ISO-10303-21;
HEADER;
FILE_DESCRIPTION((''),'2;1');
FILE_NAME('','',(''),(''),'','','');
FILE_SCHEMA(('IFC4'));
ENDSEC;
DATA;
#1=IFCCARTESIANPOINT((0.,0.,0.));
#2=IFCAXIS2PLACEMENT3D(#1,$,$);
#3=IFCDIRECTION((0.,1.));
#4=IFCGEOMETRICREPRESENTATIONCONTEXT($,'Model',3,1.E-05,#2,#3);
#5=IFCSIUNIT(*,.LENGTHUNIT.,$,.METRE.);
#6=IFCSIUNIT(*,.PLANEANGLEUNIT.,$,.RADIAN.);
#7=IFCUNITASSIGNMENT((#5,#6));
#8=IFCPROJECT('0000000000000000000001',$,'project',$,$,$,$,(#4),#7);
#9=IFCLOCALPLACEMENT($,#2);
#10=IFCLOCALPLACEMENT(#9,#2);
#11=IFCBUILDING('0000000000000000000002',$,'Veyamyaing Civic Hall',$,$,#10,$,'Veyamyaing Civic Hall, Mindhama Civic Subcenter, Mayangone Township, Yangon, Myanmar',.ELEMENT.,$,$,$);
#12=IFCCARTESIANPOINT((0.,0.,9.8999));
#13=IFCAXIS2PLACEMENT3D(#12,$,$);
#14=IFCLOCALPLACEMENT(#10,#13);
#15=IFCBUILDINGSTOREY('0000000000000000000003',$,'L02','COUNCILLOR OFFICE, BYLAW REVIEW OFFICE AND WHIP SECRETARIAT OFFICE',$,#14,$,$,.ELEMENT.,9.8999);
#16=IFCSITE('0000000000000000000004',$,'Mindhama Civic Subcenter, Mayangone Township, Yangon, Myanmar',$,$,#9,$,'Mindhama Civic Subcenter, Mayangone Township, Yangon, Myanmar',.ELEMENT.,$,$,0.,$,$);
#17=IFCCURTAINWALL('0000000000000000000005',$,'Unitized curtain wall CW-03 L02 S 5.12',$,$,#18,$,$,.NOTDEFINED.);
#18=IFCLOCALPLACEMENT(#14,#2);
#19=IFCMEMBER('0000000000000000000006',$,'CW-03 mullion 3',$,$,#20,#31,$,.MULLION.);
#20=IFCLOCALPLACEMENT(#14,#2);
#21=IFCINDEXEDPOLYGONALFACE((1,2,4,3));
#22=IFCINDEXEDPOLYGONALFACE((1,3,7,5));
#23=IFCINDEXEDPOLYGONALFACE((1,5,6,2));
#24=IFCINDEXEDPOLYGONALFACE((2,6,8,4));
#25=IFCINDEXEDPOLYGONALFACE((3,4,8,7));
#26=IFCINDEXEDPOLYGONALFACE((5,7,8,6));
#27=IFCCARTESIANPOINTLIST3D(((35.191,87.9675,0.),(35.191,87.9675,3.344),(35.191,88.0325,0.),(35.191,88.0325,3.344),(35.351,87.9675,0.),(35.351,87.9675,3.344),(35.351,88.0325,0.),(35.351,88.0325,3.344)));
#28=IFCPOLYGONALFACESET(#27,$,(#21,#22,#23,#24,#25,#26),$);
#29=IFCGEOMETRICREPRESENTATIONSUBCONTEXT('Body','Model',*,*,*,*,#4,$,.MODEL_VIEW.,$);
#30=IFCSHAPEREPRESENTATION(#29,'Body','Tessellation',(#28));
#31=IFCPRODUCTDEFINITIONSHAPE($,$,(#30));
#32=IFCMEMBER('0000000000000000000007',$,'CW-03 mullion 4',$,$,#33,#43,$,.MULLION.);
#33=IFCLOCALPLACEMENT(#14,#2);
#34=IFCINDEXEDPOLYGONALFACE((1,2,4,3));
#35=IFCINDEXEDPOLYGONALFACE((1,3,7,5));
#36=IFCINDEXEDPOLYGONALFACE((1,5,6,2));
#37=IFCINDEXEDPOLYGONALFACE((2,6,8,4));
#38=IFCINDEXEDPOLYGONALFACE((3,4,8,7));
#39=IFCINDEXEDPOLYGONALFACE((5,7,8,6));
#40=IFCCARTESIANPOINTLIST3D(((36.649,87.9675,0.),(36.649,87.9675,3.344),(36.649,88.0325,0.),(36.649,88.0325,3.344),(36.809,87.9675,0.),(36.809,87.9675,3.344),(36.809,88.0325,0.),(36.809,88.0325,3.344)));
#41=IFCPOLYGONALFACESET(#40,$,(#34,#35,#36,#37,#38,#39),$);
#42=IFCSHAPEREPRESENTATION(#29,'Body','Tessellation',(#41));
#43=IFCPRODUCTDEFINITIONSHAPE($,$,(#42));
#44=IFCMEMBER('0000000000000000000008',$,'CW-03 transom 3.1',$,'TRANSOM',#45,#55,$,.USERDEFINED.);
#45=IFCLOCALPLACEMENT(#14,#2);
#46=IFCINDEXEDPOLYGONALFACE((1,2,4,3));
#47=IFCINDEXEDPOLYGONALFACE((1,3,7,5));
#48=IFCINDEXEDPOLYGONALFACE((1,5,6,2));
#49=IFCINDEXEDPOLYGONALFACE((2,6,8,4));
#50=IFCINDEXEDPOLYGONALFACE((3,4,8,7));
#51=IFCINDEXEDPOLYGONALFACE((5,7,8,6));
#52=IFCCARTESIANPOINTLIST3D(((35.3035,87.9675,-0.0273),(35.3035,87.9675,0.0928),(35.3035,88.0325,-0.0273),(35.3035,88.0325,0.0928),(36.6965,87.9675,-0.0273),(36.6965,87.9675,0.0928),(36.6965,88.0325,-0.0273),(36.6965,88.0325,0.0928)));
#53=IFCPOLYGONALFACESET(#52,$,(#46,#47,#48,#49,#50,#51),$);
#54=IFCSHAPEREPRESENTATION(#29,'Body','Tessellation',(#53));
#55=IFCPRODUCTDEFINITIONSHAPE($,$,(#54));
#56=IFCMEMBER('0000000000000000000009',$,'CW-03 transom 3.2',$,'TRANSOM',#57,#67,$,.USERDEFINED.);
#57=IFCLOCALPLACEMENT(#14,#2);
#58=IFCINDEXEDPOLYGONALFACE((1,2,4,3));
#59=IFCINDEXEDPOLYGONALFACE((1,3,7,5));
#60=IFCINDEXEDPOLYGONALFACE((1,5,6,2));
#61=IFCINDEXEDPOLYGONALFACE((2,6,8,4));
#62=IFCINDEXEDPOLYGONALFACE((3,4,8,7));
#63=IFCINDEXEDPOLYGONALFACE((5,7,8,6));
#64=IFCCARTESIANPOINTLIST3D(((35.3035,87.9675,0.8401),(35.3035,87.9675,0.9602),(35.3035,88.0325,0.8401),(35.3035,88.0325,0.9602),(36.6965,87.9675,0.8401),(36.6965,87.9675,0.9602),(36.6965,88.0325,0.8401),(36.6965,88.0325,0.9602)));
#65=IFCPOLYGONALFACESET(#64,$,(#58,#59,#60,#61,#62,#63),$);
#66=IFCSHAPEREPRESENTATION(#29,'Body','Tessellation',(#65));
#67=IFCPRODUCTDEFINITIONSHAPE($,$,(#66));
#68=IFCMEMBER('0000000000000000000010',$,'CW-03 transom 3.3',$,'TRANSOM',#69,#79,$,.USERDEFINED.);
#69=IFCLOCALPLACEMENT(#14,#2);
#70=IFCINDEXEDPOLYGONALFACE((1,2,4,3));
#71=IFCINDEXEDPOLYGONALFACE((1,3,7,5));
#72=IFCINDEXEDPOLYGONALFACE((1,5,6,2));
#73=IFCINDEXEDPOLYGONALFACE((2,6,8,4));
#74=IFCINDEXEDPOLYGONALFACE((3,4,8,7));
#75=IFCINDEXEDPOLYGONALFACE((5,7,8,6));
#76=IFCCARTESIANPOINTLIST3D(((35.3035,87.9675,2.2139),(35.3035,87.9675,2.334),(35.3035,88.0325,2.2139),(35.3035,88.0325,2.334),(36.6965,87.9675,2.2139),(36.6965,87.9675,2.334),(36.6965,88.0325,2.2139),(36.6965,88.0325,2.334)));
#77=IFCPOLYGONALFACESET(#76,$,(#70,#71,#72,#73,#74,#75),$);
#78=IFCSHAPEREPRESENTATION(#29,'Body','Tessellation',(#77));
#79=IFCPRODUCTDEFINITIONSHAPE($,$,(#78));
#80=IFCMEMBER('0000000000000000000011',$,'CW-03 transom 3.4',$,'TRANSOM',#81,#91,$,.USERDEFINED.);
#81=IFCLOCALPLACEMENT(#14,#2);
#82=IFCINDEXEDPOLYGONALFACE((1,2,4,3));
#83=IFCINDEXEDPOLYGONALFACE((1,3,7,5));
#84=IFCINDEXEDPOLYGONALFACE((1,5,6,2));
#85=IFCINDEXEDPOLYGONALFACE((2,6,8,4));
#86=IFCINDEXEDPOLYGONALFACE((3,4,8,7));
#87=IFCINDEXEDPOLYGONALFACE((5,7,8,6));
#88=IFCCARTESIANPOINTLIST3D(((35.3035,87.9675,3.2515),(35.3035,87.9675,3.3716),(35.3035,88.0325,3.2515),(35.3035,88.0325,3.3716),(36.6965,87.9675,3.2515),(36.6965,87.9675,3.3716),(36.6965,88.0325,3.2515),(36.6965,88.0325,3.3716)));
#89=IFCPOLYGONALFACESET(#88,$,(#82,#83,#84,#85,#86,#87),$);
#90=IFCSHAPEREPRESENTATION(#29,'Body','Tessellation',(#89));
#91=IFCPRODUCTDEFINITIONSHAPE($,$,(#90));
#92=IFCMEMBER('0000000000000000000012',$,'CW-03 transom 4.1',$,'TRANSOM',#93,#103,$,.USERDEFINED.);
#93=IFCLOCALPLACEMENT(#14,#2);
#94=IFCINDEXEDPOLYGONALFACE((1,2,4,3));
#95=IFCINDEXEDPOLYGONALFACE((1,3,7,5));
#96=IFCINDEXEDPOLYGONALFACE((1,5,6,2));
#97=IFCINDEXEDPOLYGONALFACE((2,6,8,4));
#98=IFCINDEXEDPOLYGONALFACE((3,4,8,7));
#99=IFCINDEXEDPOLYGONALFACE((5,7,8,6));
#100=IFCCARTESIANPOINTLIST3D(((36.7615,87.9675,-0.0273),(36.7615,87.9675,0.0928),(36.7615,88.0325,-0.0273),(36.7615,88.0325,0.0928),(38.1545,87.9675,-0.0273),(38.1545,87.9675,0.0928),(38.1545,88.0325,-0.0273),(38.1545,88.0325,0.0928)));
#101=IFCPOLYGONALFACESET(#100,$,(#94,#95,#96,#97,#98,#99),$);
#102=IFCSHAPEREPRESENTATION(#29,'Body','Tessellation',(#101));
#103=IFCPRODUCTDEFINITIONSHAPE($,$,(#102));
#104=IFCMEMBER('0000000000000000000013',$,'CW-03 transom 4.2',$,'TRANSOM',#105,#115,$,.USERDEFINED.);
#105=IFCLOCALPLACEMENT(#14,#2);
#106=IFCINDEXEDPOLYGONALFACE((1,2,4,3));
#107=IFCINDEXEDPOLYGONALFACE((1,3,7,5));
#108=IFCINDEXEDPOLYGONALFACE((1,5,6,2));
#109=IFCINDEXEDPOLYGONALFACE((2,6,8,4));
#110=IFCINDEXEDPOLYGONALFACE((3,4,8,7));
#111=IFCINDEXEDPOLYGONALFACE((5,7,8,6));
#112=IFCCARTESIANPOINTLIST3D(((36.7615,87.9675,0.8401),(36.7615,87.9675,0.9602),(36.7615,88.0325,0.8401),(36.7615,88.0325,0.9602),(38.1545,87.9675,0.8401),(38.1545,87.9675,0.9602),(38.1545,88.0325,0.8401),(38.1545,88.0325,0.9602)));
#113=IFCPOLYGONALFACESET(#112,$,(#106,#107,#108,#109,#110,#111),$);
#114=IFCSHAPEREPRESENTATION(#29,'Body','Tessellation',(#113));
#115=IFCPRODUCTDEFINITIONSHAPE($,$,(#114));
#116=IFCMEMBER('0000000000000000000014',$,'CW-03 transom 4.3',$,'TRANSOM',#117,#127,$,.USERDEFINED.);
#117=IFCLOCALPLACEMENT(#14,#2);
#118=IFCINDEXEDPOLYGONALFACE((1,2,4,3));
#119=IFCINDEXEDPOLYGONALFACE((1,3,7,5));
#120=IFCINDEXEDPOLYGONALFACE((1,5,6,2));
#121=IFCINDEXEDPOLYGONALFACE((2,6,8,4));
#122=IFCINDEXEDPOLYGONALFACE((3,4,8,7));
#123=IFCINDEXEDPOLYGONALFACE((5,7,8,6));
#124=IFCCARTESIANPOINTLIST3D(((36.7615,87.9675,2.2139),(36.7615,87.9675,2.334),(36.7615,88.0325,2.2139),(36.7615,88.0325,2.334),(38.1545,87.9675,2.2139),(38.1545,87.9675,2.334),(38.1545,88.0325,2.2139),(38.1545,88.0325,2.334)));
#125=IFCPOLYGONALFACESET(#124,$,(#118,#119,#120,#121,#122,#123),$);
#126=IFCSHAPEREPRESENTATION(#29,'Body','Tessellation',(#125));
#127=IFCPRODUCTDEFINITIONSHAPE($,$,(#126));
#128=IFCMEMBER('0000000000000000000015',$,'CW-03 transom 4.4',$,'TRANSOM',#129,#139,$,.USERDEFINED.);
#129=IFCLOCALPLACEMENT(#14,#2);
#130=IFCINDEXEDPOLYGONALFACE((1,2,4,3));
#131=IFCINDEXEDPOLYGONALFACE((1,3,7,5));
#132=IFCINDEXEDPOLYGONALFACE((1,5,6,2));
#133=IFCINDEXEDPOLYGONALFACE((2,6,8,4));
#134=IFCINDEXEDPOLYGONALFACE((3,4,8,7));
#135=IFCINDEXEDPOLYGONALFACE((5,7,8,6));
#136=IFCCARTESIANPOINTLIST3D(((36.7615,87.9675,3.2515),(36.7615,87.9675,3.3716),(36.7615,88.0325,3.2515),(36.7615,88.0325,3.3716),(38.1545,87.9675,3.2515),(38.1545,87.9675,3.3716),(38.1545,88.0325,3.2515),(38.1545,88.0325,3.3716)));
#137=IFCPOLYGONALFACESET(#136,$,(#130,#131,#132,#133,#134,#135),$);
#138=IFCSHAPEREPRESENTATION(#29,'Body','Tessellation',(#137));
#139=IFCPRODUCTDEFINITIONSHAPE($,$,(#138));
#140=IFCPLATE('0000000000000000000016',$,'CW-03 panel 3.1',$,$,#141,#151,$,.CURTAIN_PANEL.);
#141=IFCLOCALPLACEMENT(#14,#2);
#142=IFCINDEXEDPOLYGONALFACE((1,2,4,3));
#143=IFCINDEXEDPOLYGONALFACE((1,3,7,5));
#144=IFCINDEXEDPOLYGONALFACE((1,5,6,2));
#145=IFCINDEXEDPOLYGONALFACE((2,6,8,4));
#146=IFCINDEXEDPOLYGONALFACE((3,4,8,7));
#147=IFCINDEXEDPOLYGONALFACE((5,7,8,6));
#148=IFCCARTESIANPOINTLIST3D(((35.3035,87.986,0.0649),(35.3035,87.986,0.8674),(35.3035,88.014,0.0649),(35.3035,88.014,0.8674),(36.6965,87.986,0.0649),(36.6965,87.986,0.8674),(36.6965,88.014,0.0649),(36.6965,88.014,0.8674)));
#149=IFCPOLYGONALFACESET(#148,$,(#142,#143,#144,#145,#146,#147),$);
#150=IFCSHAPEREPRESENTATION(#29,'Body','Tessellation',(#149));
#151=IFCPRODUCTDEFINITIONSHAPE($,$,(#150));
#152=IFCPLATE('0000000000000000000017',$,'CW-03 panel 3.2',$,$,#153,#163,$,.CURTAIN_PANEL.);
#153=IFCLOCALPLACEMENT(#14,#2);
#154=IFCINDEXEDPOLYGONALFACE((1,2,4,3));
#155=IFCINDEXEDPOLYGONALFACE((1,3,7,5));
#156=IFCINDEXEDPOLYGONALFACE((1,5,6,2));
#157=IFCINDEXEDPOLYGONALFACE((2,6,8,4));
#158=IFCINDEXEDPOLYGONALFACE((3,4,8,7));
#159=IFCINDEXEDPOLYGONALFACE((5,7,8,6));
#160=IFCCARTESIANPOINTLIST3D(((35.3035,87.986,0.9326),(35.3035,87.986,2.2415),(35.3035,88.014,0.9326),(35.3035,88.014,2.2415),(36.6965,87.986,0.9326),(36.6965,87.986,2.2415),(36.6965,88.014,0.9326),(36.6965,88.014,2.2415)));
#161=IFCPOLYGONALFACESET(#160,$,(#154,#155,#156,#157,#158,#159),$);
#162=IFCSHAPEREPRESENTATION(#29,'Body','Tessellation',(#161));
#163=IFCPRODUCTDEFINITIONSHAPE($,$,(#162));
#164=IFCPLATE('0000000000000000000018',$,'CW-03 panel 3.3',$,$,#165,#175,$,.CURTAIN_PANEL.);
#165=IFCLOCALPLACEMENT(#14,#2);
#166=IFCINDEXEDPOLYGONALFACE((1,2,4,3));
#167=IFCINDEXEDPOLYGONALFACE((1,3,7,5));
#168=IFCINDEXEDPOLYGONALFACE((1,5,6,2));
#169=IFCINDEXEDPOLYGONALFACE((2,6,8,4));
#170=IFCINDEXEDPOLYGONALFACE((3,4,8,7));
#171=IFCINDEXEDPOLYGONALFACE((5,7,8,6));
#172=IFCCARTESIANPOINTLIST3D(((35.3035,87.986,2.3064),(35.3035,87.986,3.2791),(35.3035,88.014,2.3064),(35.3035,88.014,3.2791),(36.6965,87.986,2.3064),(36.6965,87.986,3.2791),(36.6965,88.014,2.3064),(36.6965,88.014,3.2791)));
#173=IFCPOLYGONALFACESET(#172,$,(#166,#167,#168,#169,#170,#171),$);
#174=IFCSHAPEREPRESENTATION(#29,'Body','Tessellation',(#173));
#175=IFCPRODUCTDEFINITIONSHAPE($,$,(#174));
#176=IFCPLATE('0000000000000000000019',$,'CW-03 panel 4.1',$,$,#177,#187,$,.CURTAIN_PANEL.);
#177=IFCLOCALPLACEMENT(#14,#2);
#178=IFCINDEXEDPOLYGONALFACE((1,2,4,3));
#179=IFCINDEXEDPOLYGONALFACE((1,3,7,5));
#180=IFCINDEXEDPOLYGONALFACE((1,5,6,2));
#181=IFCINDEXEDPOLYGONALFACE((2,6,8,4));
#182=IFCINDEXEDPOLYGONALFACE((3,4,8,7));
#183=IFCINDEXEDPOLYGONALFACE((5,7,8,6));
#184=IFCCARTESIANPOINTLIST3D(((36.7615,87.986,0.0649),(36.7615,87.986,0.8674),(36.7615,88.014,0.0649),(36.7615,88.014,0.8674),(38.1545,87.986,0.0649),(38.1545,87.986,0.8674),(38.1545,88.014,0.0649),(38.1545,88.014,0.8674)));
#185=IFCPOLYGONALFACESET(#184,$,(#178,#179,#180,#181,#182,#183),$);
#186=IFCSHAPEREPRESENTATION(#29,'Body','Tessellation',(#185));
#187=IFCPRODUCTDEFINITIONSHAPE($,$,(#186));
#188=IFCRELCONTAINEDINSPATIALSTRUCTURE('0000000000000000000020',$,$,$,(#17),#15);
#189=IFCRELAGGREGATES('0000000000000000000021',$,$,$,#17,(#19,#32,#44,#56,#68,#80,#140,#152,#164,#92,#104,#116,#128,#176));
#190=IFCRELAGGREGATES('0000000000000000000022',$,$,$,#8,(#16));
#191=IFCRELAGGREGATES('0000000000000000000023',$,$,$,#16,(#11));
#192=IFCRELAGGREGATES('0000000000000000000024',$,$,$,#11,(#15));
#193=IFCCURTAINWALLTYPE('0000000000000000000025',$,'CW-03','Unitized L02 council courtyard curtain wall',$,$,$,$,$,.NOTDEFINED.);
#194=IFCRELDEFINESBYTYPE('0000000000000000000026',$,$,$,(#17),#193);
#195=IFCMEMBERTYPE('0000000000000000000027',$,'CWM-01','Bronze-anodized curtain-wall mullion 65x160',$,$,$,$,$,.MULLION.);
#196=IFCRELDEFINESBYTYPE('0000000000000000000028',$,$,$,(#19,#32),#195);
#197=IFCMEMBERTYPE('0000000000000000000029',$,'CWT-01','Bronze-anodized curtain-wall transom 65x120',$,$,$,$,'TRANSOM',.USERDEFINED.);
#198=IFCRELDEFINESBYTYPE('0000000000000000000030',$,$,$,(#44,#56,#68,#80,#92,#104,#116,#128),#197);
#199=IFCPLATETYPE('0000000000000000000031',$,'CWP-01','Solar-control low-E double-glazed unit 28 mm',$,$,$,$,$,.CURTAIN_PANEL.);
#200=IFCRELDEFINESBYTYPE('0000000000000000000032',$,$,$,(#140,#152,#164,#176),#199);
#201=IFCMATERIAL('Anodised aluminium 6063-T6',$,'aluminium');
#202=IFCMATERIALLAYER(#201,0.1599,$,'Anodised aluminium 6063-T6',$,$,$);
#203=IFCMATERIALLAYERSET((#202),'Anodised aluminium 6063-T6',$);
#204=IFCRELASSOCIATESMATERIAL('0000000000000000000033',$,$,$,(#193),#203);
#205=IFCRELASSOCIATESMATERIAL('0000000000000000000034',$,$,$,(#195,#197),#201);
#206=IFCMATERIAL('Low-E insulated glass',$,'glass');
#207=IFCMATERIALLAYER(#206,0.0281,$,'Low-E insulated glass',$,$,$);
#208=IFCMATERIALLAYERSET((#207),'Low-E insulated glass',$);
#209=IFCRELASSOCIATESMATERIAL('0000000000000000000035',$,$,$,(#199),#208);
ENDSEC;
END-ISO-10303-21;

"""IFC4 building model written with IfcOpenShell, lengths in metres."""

from ifc_helpers import new_model, si_unit, direction, frame, origin, origin_2d, place, context, subcontext, project, spatial, rectangle, extrude, material, layer, layer_set, material_profile, profile_set, type_object, element, aggregate, save


model = new_model("IFC4")

# Units and contexts
model_context = context("Model", 3, precision=1e-05, world=origin(), true_north=direction((0.0, 1.0)))
body_context = subcontext(model_context, "Body", "Model", "MODEL_VIEW")
ifc_project = project(units=[si_unit("LENGTHUNIT", "METRE"), si_unit("PLANEANGLEUNIT", "RADIAN")], contexts=[model_context])

# Site, building, storey
site_placement = place(None, origin())
site = spatial("IfcSite", under=ifc_project, at=site_placement, Name="Mindhama Civic Subcenter, Mayangone Township, Yangon, Myanmar", LongName="Mindhama Civic Subcenter, Mayangone Township, Yangon, Myanmar", CompositionType="ELEMENT", RefElevation=0.0)
building_placement = place(site_placement, origin())
building = spatial("IfcBuilding", under=site, at=building_placement, Name="Veyamyaing Civic Hall", LongName="Veyamyaing Civic Hall, Mindhama Civic Subcenter, Mayangone Township, Yangon, Myanmar", CompositionType="ELEMENT")
storey_placement = place(building_placement, frame((0.0, 0.0, 9.8999)))
storey = spatial("IfcBuildingStorey", under=building, at=storey_placement, Name="L02", Description="COUNCILLOR OFFICE, BYLAW REVIEW OFFICE AND WHIP SECRETARIAT OFFICE", CompositionType="ELEMENT", Elevation=9.8999)

# Curtain wall, members, plates
ifc_material_1 = material(Name="Anodised aluminium 6063-T6", Category="aluminium")
ifc_layer_1 = layer(ifc_material_1, 0.1599, Name="Anodised aluminium 6063-T6")
ifc_layer_set_1 = layer_set([ifc_layer_1], Name="Anodised aluminium 6063-T6")
curtain_wall_type = type_object("IfcCurtainWallType", Name="CW-03", Description="Unitized L02 council courtyard curtain wall", PredefinedType="NOTDEFINED", material=ifc_layer_set_1)
curtain_wall_placement = place(storey_placement, origin())
curtain_wall = element("IfcCurtainWall", 1, at=curtain_wall_placement, inside=storey, type_object=curtain_wall_type, Name="Unitized curtain wall CW-03 L02 S 5.12", PredefinedType="NOTDEFINED")
ifc_material_profile_1 = material_profile(ifc_material_1, rectangle(XDim=0.0649, YDim=0.1599, at=origin_2d()), Name="ALU-MUL-65X160")
ifc_profile_set_1 = profile_set([ifc_material_profile_1], Name="Anodised aluminium 6063-T6")
member_type_1 = type_object("IfcMemberType", Name="CWM-01", Description="Bronze-anodized curtain-wall mullion 65x160", PredefinedType="MULLION", material=ifc_profile_set_1)
member_1_placement = place(storey_placement, frame((35.271, 88.0, 0.0), z_axis=(0.0, 0.0, 1.0), x_axis=(0.0, 1.0, 0.0)))
member_1 = element("IfcMember", 2, at=member_1_placement, type_object=member_type_1, Name="CW-03 mullion 3", PredefinedType="MULLION", context=body_context, shape_type="SweptSolid", body=[
    extrude(rectangle(XDim=0.0649, YDim=0.1599, at=origin_2d()), origin(), (0.0, 0.0, 1.0), 3.344),
])
member_2_placement = place(storey_placement, frame((36.729, 88.0, 0.0), z_axis=(0.0, 0.0, 1.0), x_axis=(0.0, 1.0, 0.0)))
member_2 = element("IfcMember", 3, at=member_2_placement, type_object=member_type_1, Name="CW-03 mullion 4", PredefinedType="MULLION", context=body_context, shape_type="SweptSolid", body=[
    extrude(rectangle(XDim=0.0649, YDim=0.1599, at=origin_2d()), origin(), (0.0, 0.0, 1.0), 3.344),
])
ifc_material_profile_2 = material_profile(ifc_material_1, rectangle(XDim=0.0649, YDim=0.1201, at=origin_2d()), Name="ALU-TRN-65X120")
ifc_profile_set_2 = profile_set([ifc_material_profile_2], Name="Anodised aluminium 6063-T6")
member_type_2 = type_object("IfcMemberType", Name="CWT-01", Description="Bronze-anodized curtain-wall transom 65x120", ElementType="TRANSOM", PredefinedType="USERDEFINED", material=ifc_profile_set_2)
member_3_placement = place(storey_placement, frame((35.3035, 88.0, 0.0327), z_axis=(1.0, 0.0, 0.0), x_axis=(0.0, 1.0, 0.0)))
member_3 = element("IfcMember", 4, at=member_3_placement, type_object=member_type_2, Name="CW-03 transom 3.1", ObjectType="TRANSOM", PredefinedType="USERDEFINED", context=body_context, shape_type="SweptSolid", body=[
    extrude(rectangle(XDim=0.0649, YDim=0.1201, at=origin_2d()), origin(), (0.0, 0.0, 1.0), 1.3931),
])
member_4_placement = place(storey_placement, frame((35.3035, 88.0, 0.9001), z_axis=(1.0, 0.0, 0.0), x_axis=(0.0, 1.0, 0.0)))
member_4 = element("IfcMember", 5, at=member_4_placement, type_object=member_type_2, Name="CW-03 transom 3.2", ObjectType="TRANSOM", PredefinedType="USERDEFINED", context=body_context, shape_type="SweptSolid", body=[
    extrude(rectangle(XDim=0.0649, YDim=0.1201, at=origin_2d()), origin(), (0.0, 0.0, 1.0), 1.3931),
])
member_5_placement = place(storey_placement, frame((35.3035, 88.0, 2.2739), z_axis=(1.0, 0.0, 0.0), x_axis=(0.0, 1.0, 0.0)))
member_5 = element("IfcMember", 6, at=member_5_placement, type_object=member_type_2, Name="CW-03 transom 3.3", ObjectType="TRANSOM", PredefinedType="USERDEFINED", context=body_context, shape_type="SweptSolid", body=[
    extrude(rectangle(XDim=0.0649, YDim=0.1201, at=origin_2d()), origin(), (0.0, 0.0, 1.0), 1.3931),
])
member_6_placement = place(storey_placement, frame((35.3035, 88.0, 3.3115), z_axis=(1.0, 0.0, 0.0), x_axis=(0.0, 1.0, 0.0)))
member_6 = element("IfcMember", 7, at=member_6_placement, type_object=member_type_2, Name="CW-03 transom 3.4", ObjectType="TRANSOM", PredefinedType="USERDEFINED", context=body_context, shape_type="SweptSolid", body=[
    extrude(rectangle(XDim=0.0649, YDim=0.1201, at=origin_2d()), origin(), (0.0, 0.0, 1.0), 1.3931),
])
member_7_placement = place(storey_placement, frame((36.7615, 88.0, 0.0327), z_axis=(1.0, 0.0, 0.0), x_axis=(0.0, 1.0, 0.0)))
member_7 = element("IfcMember", 8, at=member_7_placement, type_object=member_type_2, Name="CW-03 transom 4.1", ObjectType="TRANSOM", PredefinedType="USERDEFINED", context=body_context, shape_type="SweptSolid", body=[
    extrude(rectangle(XDim=0.0649, YDim=0.1201, at=origin_2d()), origin(), (0.0, 0.0, 1.0), 1.3931),
])
member_8_placement = place(storey_placement, frame((36.7615, 88.0, 0.9001), z_axis=(1.0, 0.0, 0.0), x_axis=(0.0, 1.0, 0.0)))
member_8 = element("IfcMember", 9, at=member_8_placement, type_object=member_type_2, Name="CW-03 transom 4.2", ObjectType="TRANSOM", PredefinedType="USERDEFINED", context=body_context, shape_type="SweptSolid", body=[
    extrude(rectangle(XDim=0.0649, YDim=0.1201, at=origin_2d()), origin(), (0.0, 0.0, 1.0), 1.3931),
])
member_9_placement = place(storey_placement, frame((36.7615, 88.0, 2.2739), z_axis=(1.0, 0.0, 0.0), x_axis=(0.0, 1.0, 0.0)))
member_9 = element("IfcMember", 10, at=member_9_placement, type_object=member_type_2, Name="CW-03 transom 4.3", ObjectType="TRANSOM", PredefinedType="USERDEFINED", context=body_context, shape_type="SweptSolid", body=[
    extrude(rectangle(XDim=0.0649, YDim=0.1201, at=origin_2d()), origin(), (0.0, 0.0, 1.0), 1.3931),
])
member_10_placement = place(storey_placement, frame((36.7615, 88.0, 3.3115), z_axis=(1.0, 0.0, 0.0), x_axis=(0.0, 1.0, 0.0)))
member_10 = element("IfcMember", 11, at=member_10_placement, type_object=member_type_2, Name="CW-03 transom 4.4", ObjectType="TRANSOM", PredefinedType="USERDEFINED", context=body_context, shape_type="SweptSolid", body=[
    extrude(rectangle(XDim=0.0649, YDim=0.1201, at=origin_2d()), origin(), (0.0, 0.0, 1.0), 1.3931),
])
ifc_material_2 = material(Name="Low-E insulated glass", Category="glass")
ifc_layer_2 = layer(ifc_material_2, 0.0281, Name="Low-E insulated glass")
ifc_layer_set_2 = layer_set([ifc_layer_2], Name="Low-E insulated glass")
plate_type = type_object("IfcPlateType", Name="CWP-01", Description="Solar-control low-E double-glazed unit 28 mm", PredefinedType="CURTAIN_PANEL", material=ifc_layer_set_2)
plate_1_placement = place(storey_placement, frame((36.0, 88.0, 0.0649), z_axis=(0.0, 0.0, 1.0), x_axis=(1.0, 0.0, 0.0)))
plate_1 = element("IfcPlate", 12, at=plate_1_placement, type_object=plate_type, Name="CW-03 panel 3.1", PredefinedType="CURTAIN_PANEL", context=body_context, shape_type="SweptSolid", body=[
    extrude(rectangle(XDim=1.3931, YDim=0.0281, at=origin_2d()), origin(), (0.0, 0.0, 1.0), 0.8025),
])
plate_2_placement = place(storey_placement, frame((36.0, 88.0, 0.9326), z_axis=(0.0, 0.0, 1.0), x_axis=(1.0, 0.0, 0.0)))
plate_2 = element("IfcPlate", 13, at=plate_2_placement, type_object=plate_type, Name="CW-03 panel 3.2", PredefinedType="CURTAIN_PANEL", context=body_context, shape_type="SweptSolid", body=[
    extrude(rectangle(XDim=1.3931, YDim=0.0281, at=origin_2d()), origin(), (0.0, 0.0, 1.0), 1.3088),
])
plate_3_placement = place(storey_placement, frame((36.0, 88.0, 2.3064), z_axis=(0.0, 0.0, 1.0), x_axis=(1.0, 0.0, 0.0)))
plate_3 = element("IfcPlate", 14, at=plate_3_placement, type_object=plate_type, Name="CW-03 panel 3.3", PredefinedType="CURTAIN_PANEL", context=body_context, shape_type="SweptSolid", body=[
    extrude(rectangle(XDim=1.3931, YDim=0.0281, at=origin_2d()), origin(), (0.0, 0.0, 1.0), 0.9727),
])
plate_4_placement = place(storey_placement, frame((37.458, 88.0, 0.0649), z_axis=(0.0, 0.0, 1.0), x_axis=(1.0, 0.0, 0.0)))
plate_4 = element("IfcPlate", 15, at=plate_4_placement, type_object=plate_type, Name="CW-03 panel 4.1", PredefinedType="CURTAIN_PANEL", context=body_context, shape_type="SweptSolid", body=[
    extrude(rectangle(XDim=1.3931, YDim=0.0281, at=origin_2d()), origin(), (0.0, 0.0, 1.0), 0.8025),
])
aggregate(curtain_wall, [member_1, member_2, member_3, member_4, member_5, member_6, plate_1, plate_2, plate_3, member_7, member_8, member_9, member_10, plate_4])

save(model, "model.ifc")
